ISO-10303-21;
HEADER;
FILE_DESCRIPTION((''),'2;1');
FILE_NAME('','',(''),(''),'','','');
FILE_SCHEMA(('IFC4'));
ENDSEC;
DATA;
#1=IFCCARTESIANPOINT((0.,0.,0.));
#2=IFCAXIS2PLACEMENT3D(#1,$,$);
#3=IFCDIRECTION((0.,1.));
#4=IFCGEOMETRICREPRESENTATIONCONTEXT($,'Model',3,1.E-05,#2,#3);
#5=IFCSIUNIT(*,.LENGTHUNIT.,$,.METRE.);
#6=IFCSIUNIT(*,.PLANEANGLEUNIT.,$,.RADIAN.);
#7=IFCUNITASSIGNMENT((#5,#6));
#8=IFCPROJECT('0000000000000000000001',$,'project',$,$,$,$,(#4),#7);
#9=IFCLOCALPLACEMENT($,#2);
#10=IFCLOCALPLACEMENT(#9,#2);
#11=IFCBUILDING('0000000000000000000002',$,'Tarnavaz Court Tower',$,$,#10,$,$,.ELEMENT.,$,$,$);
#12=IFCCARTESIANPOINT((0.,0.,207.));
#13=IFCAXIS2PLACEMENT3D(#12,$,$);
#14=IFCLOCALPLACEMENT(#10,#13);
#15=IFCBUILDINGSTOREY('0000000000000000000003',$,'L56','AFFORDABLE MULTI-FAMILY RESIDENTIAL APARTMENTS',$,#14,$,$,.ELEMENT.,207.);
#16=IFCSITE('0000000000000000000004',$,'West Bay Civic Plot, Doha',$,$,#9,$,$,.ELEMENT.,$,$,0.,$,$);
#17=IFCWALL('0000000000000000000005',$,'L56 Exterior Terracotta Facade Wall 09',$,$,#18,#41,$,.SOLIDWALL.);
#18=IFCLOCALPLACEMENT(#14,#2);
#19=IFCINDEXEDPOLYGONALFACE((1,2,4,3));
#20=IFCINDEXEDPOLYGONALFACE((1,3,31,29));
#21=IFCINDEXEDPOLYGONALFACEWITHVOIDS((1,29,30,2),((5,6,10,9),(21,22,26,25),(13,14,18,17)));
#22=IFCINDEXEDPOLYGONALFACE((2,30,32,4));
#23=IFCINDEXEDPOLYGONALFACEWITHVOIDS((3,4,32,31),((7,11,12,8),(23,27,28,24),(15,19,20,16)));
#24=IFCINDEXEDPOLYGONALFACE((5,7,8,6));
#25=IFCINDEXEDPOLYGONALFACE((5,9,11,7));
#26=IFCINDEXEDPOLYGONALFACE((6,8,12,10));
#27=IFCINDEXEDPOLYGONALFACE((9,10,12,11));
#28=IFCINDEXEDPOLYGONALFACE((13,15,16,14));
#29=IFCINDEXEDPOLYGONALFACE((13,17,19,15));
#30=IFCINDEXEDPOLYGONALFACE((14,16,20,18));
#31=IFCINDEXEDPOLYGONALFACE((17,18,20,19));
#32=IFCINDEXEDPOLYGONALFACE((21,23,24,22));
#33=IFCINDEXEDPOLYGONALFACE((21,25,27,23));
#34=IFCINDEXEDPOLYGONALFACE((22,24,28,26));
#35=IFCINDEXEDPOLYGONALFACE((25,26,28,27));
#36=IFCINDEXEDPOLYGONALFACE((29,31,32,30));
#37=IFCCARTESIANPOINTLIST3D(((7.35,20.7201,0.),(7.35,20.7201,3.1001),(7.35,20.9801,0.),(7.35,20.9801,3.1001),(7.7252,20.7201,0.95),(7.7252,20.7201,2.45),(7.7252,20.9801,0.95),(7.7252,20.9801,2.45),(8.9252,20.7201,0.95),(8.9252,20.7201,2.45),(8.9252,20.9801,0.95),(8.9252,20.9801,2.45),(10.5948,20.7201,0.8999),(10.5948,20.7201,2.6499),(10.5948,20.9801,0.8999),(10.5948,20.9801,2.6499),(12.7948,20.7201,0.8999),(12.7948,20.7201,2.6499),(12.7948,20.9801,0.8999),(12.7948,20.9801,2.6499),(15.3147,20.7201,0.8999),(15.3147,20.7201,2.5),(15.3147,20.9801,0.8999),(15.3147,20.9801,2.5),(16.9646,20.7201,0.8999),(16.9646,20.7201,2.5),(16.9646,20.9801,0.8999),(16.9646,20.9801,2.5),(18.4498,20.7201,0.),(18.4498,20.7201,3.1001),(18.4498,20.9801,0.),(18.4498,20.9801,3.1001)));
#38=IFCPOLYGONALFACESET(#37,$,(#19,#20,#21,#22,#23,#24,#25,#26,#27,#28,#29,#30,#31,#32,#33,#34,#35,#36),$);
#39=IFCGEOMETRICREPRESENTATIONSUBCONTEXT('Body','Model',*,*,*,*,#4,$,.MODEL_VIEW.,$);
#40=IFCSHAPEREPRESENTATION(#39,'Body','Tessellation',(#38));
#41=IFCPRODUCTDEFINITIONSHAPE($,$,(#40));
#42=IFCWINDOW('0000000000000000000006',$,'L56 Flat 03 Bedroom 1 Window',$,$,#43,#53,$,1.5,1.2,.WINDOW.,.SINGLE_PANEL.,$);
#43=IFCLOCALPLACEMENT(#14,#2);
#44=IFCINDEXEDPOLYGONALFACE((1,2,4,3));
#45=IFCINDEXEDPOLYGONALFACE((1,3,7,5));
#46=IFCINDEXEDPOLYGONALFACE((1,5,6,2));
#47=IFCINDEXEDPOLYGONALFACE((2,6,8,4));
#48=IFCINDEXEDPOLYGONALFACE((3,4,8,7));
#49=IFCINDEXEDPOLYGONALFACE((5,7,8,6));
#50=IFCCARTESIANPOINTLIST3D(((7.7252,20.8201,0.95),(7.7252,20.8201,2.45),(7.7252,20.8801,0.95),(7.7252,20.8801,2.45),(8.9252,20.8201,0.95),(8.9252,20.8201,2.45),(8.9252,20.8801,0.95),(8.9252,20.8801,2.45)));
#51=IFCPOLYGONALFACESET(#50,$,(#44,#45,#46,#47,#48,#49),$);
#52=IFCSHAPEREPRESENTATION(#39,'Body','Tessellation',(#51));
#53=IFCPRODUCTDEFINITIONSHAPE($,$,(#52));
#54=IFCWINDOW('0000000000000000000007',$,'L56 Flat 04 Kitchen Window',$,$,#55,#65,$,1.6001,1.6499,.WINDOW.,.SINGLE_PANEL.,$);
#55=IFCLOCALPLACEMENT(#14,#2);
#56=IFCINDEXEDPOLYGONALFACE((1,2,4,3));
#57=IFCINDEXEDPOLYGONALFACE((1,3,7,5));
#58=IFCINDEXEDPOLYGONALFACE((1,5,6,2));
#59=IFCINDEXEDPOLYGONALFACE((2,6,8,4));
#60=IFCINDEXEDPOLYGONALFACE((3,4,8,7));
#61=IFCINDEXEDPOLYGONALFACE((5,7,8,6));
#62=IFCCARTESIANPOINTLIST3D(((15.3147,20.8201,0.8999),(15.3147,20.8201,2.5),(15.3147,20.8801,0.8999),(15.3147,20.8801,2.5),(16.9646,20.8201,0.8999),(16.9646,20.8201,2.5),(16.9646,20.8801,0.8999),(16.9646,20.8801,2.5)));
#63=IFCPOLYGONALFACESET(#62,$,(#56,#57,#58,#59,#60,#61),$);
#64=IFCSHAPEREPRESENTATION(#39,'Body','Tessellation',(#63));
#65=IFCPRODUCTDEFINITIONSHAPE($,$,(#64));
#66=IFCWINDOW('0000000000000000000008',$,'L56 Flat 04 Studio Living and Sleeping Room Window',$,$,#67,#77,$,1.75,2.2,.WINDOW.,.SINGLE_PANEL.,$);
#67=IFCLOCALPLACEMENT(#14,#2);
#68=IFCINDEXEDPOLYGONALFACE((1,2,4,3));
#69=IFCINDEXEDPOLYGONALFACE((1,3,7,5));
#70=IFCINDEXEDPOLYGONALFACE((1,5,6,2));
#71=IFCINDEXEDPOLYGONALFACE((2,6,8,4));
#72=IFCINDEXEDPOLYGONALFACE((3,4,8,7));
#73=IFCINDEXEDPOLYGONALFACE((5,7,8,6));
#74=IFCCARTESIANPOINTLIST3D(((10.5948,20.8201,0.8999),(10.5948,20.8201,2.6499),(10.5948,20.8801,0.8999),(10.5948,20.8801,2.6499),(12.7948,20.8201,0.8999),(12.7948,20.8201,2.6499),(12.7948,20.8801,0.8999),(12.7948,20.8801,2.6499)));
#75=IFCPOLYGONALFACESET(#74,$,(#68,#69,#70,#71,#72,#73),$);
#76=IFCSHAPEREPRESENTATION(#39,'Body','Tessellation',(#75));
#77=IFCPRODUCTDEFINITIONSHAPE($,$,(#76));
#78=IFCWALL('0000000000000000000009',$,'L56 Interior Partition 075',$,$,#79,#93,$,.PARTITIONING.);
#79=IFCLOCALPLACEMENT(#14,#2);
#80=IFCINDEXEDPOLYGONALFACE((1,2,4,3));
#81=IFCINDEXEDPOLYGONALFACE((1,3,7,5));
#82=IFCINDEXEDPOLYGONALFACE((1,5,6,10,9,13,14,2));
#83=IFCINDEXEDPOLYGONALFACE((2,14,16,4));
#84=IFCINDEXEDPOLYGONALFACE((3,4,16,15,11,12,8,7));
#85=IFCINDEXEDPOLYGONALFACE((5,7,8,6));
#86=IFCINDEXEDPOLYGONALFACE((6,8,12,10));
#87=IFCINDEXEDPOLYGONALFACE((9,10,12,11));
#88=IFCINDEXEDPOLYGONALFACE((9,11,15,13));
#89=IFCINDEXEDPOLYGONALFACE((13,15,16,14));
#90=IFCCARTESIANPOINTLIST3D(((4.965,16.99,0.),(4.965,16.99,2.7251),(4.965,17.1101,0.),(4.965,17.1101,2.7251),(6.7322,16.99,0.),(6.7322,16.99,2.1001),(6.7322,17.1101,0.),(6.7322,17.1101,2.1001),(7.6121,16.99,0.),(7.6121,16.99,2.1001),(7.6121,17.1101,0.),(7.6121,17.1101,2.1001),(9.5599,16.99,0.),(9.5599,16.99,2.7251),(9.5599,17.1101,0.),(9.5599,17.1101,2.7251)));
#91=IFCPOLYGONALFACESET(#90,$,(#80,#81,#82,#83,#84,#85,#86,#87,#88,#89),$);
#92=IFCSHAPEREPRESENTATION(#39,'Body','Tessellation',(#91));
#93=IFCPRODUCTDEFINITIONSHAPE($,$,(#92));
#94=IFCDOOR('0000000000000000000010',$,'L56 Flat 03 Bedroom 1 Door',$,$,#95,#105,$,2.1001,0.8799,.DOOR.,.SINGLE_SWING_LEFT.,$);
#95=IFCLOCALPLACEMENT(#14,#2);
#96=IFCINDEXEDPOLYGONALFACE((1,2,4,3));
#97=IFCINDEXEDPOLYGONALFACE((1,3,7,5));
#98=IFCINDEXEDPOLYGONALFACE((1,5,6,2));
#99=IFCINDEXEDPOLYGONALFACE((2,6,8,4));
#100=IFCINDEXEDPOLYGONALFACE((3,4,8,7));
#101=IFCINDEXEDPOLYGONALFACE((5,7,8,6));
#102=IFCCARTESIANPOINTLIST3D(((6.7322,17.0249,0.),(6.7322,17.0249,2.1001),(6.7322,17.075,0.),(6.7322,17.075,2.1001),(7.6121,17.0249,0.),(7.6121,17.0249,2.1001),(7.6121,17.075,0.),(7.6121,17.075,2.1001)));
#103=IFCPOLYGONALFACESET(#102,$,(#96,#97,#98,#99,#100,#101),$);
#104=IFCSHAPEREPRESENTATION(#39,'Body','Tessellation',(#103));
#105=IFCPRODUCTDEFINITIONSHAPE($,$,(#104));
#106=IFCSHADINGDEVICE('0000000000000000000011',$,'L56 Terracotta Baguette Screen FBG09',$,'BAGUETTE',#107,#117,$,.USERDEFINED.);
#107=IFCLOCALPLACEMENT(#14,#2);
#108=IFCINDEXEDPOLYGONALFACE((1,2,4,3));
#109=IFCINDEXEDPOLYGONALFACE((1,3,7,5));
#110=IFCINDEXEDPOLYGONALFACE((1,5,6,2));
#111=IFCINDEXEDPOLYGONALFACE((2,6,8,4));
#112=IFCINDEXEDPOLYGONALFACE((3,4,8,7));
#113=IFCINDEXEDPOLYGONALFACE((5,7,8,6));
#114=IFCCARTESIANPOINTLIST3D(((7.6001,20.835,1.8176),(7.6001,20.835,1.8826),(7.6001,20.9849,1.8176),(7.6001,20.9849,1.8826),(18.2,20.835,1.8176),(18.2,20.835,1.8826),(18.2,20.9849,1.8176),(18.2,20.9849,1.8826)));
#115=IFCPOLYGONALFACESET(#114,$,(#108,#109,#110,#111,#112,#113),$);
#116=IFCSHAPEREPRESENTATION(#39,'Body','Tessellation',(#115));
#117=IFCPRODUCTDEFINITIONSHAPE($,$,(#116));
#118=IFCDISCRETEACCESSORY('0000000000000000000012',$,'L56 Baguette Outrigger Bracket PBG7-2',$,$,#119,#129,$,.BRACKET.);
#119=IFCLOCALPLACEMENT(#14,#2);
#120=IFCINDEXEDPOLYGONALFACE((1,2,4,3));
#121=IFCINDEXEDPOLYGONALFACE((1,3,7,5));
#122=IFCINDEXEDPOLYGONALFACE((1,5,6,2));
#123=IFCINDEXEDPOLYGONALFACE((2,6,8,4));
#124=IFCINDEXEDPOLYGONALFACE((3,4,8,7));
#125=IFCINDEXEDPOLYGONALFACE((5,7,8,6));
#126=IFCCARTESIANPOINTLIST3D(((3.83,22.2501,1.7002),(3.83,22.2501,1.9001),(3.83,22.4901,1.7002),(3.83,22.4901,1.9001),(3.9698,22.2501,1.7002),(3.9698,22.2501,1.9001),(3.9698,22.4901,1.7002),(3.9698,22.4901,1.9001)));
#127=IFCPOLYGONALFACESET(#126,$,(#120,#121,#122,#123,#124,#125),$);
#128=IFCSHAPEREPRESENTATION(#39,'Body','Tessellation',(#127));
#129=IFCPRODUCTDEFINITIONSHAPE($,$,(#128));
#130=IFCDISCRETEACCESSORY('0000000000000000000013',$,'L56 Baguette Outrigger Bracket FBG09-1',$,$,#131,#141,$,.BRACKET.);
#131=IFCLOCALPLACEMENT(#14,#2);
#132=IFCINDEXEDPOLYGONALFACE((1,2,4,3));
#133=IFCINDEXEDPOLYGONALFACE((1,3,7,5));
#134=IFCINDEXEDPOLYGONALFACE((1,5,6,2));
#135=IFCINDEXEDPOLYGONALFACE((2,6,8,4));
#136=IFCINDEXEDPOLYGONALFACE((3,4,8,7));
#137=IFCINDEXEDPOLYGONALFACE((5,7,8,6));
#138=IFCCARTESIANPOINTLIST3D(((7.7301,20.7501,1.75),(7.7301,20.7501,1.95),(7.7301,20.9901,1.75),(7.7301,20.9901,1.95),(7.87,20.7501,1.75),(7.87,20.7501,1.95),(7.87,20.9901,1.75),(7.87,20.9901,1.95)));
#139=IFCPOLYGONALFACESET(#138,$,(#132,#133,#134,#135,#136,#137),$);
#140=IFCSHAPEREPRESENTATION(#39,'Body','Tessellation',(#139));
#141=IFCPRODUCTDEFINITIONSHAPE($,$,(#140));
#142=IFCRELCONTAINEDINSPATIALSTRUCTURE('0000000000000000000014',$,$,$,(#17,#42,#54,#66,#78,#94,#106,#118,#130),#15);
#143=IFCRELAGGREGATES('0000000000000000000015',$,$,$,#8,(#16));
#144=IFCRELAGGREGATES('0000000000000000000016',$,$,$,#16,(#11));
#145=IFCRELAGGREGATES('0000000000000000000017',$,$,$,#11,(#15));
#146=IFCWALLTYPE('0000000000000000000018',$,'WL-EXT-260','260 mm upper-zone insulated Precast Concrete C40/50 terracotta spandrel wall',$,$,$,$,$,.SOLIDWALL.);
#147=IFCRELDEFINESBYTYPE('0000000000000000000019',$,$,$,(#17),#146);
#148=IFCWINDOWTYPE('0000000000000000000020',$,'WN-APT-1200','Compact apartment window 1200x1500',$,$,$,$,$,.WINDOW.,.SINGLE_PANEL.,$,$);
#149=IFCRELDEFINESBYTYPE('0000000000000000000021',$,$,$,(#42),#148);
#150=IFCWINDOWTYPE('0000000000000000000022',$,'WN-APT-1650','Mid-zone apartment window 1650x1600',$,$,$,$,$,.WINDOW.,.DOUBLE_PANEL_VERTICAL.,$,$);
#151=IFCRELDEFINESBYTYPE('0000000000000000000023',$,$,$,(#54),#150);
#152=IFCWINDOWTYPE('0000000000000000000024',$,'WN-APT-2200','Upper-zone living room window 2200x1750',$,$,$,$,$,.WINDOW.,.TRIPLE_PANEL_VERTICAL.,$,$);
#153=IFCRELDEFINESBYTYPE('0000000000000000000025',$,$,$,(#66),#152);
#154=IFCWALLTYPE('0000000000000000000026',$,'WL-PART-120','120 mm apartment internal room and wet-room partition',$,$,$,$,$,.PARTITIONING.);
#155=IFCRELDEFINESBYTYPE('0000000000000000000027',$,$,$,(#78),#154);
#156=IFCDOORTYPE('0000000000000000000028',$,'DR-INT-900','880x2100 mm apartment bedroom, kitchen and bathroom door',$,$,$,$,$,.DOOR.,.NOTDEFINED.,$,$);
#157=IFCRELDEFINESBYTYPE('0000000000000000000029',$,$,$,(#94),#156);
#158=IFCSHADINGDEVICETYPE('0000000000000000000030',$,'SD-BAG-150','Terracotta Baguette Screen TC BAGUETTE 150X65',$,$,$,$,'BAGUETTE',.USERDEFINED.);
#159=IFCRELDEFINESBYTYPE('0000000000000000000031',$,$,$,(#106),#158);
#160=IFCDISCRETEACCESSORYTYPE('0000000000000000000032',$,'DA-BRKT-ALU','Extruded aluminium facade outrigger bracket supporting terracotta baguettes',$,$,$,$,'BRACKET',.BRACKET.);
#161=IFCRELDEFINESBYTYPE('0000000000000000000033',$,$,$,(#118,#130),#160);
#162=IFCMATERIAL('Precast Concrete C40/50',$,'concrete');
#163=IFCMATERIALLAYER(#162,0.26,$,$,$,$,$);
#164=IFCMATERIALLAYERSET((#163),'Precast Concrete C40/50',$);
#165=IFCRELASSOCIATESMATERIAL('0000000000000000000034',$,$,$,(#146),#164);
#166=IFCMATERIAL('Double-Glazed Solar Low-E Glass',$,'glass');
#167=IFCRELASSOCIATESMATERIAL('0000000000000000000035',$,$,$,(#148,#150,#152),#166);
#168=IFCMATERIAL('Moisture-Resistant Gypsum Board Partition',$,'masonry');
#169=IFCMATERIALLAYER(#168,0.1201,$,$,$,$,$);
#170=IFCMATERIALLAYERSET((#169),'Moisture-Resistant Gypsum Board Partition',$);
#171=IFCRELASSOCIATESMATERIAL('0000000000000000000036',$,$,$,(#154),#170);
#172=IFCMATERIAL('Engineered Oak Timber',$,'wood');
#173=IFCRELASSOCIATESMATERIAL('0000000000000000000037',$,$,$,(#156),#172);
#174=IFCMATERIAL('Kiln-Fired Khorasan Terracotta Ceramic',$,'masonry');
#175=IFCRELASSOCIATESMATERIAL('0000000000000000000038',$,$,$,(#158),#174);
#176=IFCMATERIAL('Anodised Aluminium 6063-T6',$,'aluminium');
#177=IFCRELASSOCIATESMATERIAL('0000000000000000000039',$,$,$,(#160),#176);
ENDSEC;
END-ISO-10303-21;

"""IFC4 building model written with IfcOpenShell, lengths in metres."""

from ifc_helpers import new_model, si_unit, direction, frame, frame_2d, origin, origin_2d, place, context, subcontext, project, spatial, rectangle, extrude, material, layer, layer_set, material_profile, profile_set, type_object, element, fill, save


model = new_model("IFC4")

# Units and contexts
model_context = context("Model", 3, precision=1e-05, world=origin(), true_north=direction((0.0, 1.0)))
body_context = subcontext(model_context, "Body", "Model", "MODEL_VIEW")
ifc_project = project(units=[si_unit("LENGTHUNIT", "METRE"), si_unit("PLANEANGLEUNIT", "RADIAN")], contexts=[model_context])

# Site, building, storey
site_placement = place(None, origin())
site = spatial("IfcSite", under=ifc_project, at=site_placement, Name="West Bay Civic Plot, Doha", CompositionType="ELEMENT", RefElevation=0.0)
building_placement = place(site_placement, origin())
building = spatial("IfcBuilding", under=site, at=building_placement, Name="Tarnavaz Court Tower", CompositionType="ELEMENT")
storey_placement = place(building_placement, frame((0.0, 0.0, 207.0)))
storey = spatial("IfcBuildingStorey", under=building, at=storey_placement, Name="L56", Description="AFFORDABLE MULTI-FAMILY RESIDENTIAL APARTMENTS", CompositionType="ELEMENT", Elevation=207.0)

# Shared definitions
ifc_material_1 = material(Name="Anodised Aluminium 6063-T6", Category="aluminium")
ifc_material_2 = material(Name="Double-Glazed Solar Low-E Glass", Category="glass")

# Shared definitions
ifc_material_3 = material(Name="Precast Concrete C40/50", Category="concrete")
ifc_layer_1 = layer(ifc_material_3, 0.26)
ifc_layer_set_1 = layer_set([ifc_layer_1], Name="Precast Concrete C40/50")
wall_type_1 = type_object("IfcWallType", Name="WL-EXT-260", Description="260 mm upper-zone insulated Precast Concrete C40/50 terracotta spandrel wall", PredefinedType="SOLIDWALL", material=ifc_layer_set_1)
window_type_1 = type_object("IfcWindowType", Name="WN-APT-1200", Description="Compact apartment window 1200x1500", PartitioningType="SINGLE_PANEL", PredefinedType="WINDOW", material=ifc_material_2)

# Wall, openings, windows
wall_1_placement = place(storey_placement, frame((7.3501, 20.8501, 0.0), z_axis=(0.0, 0.0, 1.0), x_axis=(1.0, 0.0, 0.0)))
wall_1 = element("IfcWall", 1, at=wall_1_placement, inside=storey, type_object=wall_type_1, Name="L56 Exterior Terracotta Facade Wall 09", PredefinedType="SOLIDWALL", context=body_context, shape_type="SweptSolid", body=[
    extrude(rectangle(XDim=11.0999, YDim=0.26, at=frame_2d((5.5498, 0.0))), origin(), (0.0, 0.0, 1.0), 3.1001),
])
opening_1_placement = place(wall_1_placement, frame((0.375, 0.0, 0.95)))
opening_1 = element("IfcOpeningElement", 2, at=opening_1_placement, cuts=wall_1, PredefinedType="OPENING", context=body_context, shape_type="SweptSolid", body=[
    extrude(rectangle(XDim=1.2, YDim=1.5, at=frame_2d((0.6001, 0.75))), frame((0.0, 0.1399, 0.0), z_axis=(0.0, -1.0, 0.0), x_axis=(1.0, 0.0, 0.0)), (0.0, 0.0, 1.0), 0.28),
])
opening_2_placement = place(wall_1_placement, frame((3.2446, 0.0, 0.8999)))
opening_2 = element("IfcOpeningElement", 3, at=opening_2_placement, cuts=wall_1, PredefinedType="OPENING", context=body_context, shape_type="SweptSolid", body=[
    extrude(rectangle(XDim=2.2, YDim=1.75, at=frame_2d((1.1001, 0.875))), frame((0.0, 0.1399, 0.0), z_axis=(0.0, -1.0, 0.0), x_axis=(1.0, 0.0, 0.0)), (0.0, 0.0, 1.0), 0.28),
])
opening_3_placement = place(wall_1_placement, frame((7.9646, 0.0, 0.8999)))
opening_3 = element("IfcOpeningElement", 4, at=opening_3_placement, cuts=wall_1, PredefinedType="OPENING", context=body_context, shape_type="SweptSolid", body=[
    extrude(rectangle(XDim=1.6499, YDim=1.6001, at=frame_2d((0.825, 0.8))), frame((0.0, 0.1399, 0.0), z_axis=(0.0, -1.0, 0.0), x_axis=(1.0, 0.0, 0.0)), (0.0, 0.0, 1.0), 0.28),
])
window_1_placement = place(opening_1_placement, origin())
window_1 = element("IfcWindow", 5, at=window_1_placement, inside=storey, type_object=window_type_1, Name="L56 Flat 03 Bedroom 1 Window", OverallHeight=1.5, OverallWidth=1.2, PartitioningType="SINGLE_PANEL", PredefinedType="WINDOW", context=body_context, shape_type="SweptSolid", body=[
    extrude(rectangle(XDim=1.2, YDim=1.5, at=frame_2d((0.6001, 0.75))), frame((0.0, 0.03, 0.0), z_axis=(0.0, -1.0, 0.0), x_axis=(1.0, 0.0, 0.0)), (0.0, 0.0, 1.0), 0.0601),
])
fill(opening_1, window_1)
window_type_2 = type_object("IfcWindowType", Name="WN-APT-1650", Description="Mid-zone apartment window 1650x1600", PartitioningType="DOUBLE_PANEL_VERTICAL", PredefinedType="WINDOW", material=ifc_material_2)
window_2_placement = place(opening_3_placement, origin())
window_2 = element("IfcWindow", 6, at=window_2_placement, inside=storey, type_object=window_type_2, Name="L56 Flat 04 Kitchen Window", OverallHeight=1.6001, OverallWidth=1.6499, PartitioningType="SINGLE_PANEL", PredefinedType="WINDOW", context=body_context, shape_type="SweptSolid", body=[
    extrude(rectangle(XDim=1.6499, YDim=1.6001, at=frame_2d((0.825, 0.8))), frame((0.0, 0.03, 0.0), z_axis=(0.0, -1.0, 0.0), x_axis=(1.0, 0.0, 0.0)), (0.0, 0.0, 1.0), 0.0601),
])
fill(opening_3, window_2)
window_type_3 = type_object("IfcWindowType", Name="WN-APT-2200", Description="Upper-zone living room window 2200x1750", PartitioningType="TRIPLE_PANEL_VERTICAL", PredefinedType="WINDOW", material=ifc_material_2)
window_3_placement = place(opening_2_placement, origin())
window_3 = element("IfcWindow", 7, at=window_3_placement, inside=storey, type_object=window_type_3, Name="L56 Flat 04 Studio Living and Sleeping Room Window", OverallHeight=1.75, OverallWidth=2.2, PartitioningType="SINGLE_PANEL", PredefinedType="WINDOW", context=body_context, shape_type="SweptSolid", body=[
    extrude(rectangle(XDim=2.2, YDim=1.75, at=frame_2d((1.1001, 0.875))), frame((0.0, 0.03, 0.0), z_axis=(0.0, -1.0, 0.0), x_axis=(1.0, 0.0, 0.0)), (0.0, 0.0, 1.0), 0.0601),
])
fill(opening_2, window_3)

# Wall, opening, door
ifc_material_4 = material(Name="Moisture-Resistant Gypsum Board Partition", Category="masonry")
ifc_layer_2 = layer(ifc_material_4, 0.1201)
ifc_layer_set_2 = layer_set([ifc_layer_2], Name="Moisture-Resistant Gypsum Board Partition")
wall_type_2 = type_object("IfcWallType", Name="WL-PART-120", Description="120 mm apartment internal room and wet-room partition", PredefinedType="PARTITIONING", material=ifc_layer_set_2)
wall_2_placement = place(storey_placement, frame((4.9651, 17.05, 0.0), z_axis=(0.0, 0.0, 1.0), x_axis=(1.0, 0.0, 0.0)))
wall_2 = element("IfcWall", 8, at=wall_2_placement, inside=storey, type_object=wall_type_2, Name="L56 Interior Partition 075", PredefinedType="PARTITIONING", context=body_context, shape_type="SweptSolid", body=[
    extrude(rectangle(XDim=4.595, YDim=0.1201, at=frame_2d((2.2974, 0.0))), origin(), (0.0, 0.0, 1.0), 2.7251),
])
opening_4_placement = place(wall_2_placement, frame((1.7671, 0.0, 0.0)))
opening_4 = element("IfcOpeningElement", 9, at=opening_4_placement, cuts=wall_2, PredefinedType="OPENING", context=body_context, shape_type="SweptSolid", body=[
    extrude(rectangle(XDim=0.8799, YDim=2.1001, at=frame_2d((0.4399, 1.05))), frame((0.0, 0.0701, 0.0), z_axis=(0.0, -1.0, 0.0), x_axis=(1.0, 0.0, 0.0)), (0.0, 0.0, 1.0), 0.1401),
])
ifc_material_5 = material(Name="Engineered Oak Timber", Category="wood")
door_type = type_object("IfcDoorType", Name="DR-INT-900", Description="880x2100 mm apartment bedroom, kitchen and bathroom door", OperationType="NOTDEFINED", PredefinedType="DOOR", material=ifc_material_5)
door_placement = place(opening_4_placement, origin())
door = element("IfcDoor", 10, at=door_placement, inside=storey, type_object=door_type, Name="L56 Flat 03 Bedroom 1 Door", OperationType="SINGLE_SWING_LEFT", OverallHeight=2.1001, OverallWidth=0.8799, PredefinedType="DOOR", context=body_context, shape_type="SweptSolid", body=[
    extrude(rectangle(XDim=0.8799, YDim=2.1001, at=frame_2d((0.4399, 1.05))), frame((0.0, 0.0249, 0.0), z_axis=(0.0, -1.0, 0.0), x_axis=(1.0, 0.0, 0.0)), (0.0, 0.0, 1.0), 0.05),
])
fill(opening_4, door)

# Shading device
ifc_material_6 = material(Name="Kiln-Fired Khorasan Terracotta Ceramic", Category="masonry")
ifc_material_profile_1 = material_profile(ifc_material_6, rectangle(XDim=0.1499, YDim=0.0649, at=origin_2d()), Name="TC BAGUETTE 150X65")
ifc_profile_set_1 = profile_set([ifc_material_profile_1], Name="Kiln-Fired Khorasan Terracotta Ceramic")
shading_device_type = type_object("IfcShadingDeviceType", Name="SD-BAG-150", Description="Terracotta Baguette Screen TC BAGUETTE 150X65", ElementType="BAGUETTE", PredefinedType="USERDEFINED", material=ifc_profile_set_1)
shading_device_placement = place(storey_placement, frame((7.6001, 20.9099, 1.8501), z_axis=(1.0, 0.0, 0.0), x_axis=(0.0, 1.0, 0.0)))
element("IfcShadingDevice", 11, at=shading_device_placement, inside=storey, type_object=shading_device_type, Name="L56 Terracotta Baguette Screen FBG09", ObjectType="BAGUETTE", PredefinedType="USERDEFINED", context=body_context, shape_type="SweptSolid", body=[
    extrude(rectangle(XDim=0.1499, YDim=0.0649, at=origin_2d()), origin(), (0.0, 0.0, 1.0), 10.5999),
])

# Discrete accessories
discrete_accessory_type = type_object("IfcDiscreteAccessoryType", Name="DA-BRKT-ALU", Description="Extruded aluminium facade outrigger bracket supporting terracotta baguettes", ElementType="BRACKET", PredefinedType="BRACKET", material=ifc_material_1)
for number, where, z_axis, x_axis, name in (
    (12, (3.8999, 22.3701, 1.7002), (0.0, 0.0, 1.0), (1.0, 0.0, 0.0), "L56 Baguette Outrigger Bracket PBG7-2"),
    (13, (7.8, 20.8701, 1.75), (0.0, 0.0, 1.0), (1.0, 0.0, 0.0), "L56 Baguette Outrigger Bracket FBG09-1"),
):
    element("IfcDiscreteAccessory", number, at=place(storey_placement, frame(where, z_axis=z_axis, x_axis=x_axis)), inside=storey, type_object=discrete_accessory_type, Name=name, PredefinedType="BRACKET", context=body_context, shape_type="SweptSolid", body=[
        extrude(rectangle(XDim=0.1399, YDim=0.24, at=origin_2d()), origin(), (0.0, 0.0, 1.0), 0.2),
    ])

save(model, "model.ifc")
